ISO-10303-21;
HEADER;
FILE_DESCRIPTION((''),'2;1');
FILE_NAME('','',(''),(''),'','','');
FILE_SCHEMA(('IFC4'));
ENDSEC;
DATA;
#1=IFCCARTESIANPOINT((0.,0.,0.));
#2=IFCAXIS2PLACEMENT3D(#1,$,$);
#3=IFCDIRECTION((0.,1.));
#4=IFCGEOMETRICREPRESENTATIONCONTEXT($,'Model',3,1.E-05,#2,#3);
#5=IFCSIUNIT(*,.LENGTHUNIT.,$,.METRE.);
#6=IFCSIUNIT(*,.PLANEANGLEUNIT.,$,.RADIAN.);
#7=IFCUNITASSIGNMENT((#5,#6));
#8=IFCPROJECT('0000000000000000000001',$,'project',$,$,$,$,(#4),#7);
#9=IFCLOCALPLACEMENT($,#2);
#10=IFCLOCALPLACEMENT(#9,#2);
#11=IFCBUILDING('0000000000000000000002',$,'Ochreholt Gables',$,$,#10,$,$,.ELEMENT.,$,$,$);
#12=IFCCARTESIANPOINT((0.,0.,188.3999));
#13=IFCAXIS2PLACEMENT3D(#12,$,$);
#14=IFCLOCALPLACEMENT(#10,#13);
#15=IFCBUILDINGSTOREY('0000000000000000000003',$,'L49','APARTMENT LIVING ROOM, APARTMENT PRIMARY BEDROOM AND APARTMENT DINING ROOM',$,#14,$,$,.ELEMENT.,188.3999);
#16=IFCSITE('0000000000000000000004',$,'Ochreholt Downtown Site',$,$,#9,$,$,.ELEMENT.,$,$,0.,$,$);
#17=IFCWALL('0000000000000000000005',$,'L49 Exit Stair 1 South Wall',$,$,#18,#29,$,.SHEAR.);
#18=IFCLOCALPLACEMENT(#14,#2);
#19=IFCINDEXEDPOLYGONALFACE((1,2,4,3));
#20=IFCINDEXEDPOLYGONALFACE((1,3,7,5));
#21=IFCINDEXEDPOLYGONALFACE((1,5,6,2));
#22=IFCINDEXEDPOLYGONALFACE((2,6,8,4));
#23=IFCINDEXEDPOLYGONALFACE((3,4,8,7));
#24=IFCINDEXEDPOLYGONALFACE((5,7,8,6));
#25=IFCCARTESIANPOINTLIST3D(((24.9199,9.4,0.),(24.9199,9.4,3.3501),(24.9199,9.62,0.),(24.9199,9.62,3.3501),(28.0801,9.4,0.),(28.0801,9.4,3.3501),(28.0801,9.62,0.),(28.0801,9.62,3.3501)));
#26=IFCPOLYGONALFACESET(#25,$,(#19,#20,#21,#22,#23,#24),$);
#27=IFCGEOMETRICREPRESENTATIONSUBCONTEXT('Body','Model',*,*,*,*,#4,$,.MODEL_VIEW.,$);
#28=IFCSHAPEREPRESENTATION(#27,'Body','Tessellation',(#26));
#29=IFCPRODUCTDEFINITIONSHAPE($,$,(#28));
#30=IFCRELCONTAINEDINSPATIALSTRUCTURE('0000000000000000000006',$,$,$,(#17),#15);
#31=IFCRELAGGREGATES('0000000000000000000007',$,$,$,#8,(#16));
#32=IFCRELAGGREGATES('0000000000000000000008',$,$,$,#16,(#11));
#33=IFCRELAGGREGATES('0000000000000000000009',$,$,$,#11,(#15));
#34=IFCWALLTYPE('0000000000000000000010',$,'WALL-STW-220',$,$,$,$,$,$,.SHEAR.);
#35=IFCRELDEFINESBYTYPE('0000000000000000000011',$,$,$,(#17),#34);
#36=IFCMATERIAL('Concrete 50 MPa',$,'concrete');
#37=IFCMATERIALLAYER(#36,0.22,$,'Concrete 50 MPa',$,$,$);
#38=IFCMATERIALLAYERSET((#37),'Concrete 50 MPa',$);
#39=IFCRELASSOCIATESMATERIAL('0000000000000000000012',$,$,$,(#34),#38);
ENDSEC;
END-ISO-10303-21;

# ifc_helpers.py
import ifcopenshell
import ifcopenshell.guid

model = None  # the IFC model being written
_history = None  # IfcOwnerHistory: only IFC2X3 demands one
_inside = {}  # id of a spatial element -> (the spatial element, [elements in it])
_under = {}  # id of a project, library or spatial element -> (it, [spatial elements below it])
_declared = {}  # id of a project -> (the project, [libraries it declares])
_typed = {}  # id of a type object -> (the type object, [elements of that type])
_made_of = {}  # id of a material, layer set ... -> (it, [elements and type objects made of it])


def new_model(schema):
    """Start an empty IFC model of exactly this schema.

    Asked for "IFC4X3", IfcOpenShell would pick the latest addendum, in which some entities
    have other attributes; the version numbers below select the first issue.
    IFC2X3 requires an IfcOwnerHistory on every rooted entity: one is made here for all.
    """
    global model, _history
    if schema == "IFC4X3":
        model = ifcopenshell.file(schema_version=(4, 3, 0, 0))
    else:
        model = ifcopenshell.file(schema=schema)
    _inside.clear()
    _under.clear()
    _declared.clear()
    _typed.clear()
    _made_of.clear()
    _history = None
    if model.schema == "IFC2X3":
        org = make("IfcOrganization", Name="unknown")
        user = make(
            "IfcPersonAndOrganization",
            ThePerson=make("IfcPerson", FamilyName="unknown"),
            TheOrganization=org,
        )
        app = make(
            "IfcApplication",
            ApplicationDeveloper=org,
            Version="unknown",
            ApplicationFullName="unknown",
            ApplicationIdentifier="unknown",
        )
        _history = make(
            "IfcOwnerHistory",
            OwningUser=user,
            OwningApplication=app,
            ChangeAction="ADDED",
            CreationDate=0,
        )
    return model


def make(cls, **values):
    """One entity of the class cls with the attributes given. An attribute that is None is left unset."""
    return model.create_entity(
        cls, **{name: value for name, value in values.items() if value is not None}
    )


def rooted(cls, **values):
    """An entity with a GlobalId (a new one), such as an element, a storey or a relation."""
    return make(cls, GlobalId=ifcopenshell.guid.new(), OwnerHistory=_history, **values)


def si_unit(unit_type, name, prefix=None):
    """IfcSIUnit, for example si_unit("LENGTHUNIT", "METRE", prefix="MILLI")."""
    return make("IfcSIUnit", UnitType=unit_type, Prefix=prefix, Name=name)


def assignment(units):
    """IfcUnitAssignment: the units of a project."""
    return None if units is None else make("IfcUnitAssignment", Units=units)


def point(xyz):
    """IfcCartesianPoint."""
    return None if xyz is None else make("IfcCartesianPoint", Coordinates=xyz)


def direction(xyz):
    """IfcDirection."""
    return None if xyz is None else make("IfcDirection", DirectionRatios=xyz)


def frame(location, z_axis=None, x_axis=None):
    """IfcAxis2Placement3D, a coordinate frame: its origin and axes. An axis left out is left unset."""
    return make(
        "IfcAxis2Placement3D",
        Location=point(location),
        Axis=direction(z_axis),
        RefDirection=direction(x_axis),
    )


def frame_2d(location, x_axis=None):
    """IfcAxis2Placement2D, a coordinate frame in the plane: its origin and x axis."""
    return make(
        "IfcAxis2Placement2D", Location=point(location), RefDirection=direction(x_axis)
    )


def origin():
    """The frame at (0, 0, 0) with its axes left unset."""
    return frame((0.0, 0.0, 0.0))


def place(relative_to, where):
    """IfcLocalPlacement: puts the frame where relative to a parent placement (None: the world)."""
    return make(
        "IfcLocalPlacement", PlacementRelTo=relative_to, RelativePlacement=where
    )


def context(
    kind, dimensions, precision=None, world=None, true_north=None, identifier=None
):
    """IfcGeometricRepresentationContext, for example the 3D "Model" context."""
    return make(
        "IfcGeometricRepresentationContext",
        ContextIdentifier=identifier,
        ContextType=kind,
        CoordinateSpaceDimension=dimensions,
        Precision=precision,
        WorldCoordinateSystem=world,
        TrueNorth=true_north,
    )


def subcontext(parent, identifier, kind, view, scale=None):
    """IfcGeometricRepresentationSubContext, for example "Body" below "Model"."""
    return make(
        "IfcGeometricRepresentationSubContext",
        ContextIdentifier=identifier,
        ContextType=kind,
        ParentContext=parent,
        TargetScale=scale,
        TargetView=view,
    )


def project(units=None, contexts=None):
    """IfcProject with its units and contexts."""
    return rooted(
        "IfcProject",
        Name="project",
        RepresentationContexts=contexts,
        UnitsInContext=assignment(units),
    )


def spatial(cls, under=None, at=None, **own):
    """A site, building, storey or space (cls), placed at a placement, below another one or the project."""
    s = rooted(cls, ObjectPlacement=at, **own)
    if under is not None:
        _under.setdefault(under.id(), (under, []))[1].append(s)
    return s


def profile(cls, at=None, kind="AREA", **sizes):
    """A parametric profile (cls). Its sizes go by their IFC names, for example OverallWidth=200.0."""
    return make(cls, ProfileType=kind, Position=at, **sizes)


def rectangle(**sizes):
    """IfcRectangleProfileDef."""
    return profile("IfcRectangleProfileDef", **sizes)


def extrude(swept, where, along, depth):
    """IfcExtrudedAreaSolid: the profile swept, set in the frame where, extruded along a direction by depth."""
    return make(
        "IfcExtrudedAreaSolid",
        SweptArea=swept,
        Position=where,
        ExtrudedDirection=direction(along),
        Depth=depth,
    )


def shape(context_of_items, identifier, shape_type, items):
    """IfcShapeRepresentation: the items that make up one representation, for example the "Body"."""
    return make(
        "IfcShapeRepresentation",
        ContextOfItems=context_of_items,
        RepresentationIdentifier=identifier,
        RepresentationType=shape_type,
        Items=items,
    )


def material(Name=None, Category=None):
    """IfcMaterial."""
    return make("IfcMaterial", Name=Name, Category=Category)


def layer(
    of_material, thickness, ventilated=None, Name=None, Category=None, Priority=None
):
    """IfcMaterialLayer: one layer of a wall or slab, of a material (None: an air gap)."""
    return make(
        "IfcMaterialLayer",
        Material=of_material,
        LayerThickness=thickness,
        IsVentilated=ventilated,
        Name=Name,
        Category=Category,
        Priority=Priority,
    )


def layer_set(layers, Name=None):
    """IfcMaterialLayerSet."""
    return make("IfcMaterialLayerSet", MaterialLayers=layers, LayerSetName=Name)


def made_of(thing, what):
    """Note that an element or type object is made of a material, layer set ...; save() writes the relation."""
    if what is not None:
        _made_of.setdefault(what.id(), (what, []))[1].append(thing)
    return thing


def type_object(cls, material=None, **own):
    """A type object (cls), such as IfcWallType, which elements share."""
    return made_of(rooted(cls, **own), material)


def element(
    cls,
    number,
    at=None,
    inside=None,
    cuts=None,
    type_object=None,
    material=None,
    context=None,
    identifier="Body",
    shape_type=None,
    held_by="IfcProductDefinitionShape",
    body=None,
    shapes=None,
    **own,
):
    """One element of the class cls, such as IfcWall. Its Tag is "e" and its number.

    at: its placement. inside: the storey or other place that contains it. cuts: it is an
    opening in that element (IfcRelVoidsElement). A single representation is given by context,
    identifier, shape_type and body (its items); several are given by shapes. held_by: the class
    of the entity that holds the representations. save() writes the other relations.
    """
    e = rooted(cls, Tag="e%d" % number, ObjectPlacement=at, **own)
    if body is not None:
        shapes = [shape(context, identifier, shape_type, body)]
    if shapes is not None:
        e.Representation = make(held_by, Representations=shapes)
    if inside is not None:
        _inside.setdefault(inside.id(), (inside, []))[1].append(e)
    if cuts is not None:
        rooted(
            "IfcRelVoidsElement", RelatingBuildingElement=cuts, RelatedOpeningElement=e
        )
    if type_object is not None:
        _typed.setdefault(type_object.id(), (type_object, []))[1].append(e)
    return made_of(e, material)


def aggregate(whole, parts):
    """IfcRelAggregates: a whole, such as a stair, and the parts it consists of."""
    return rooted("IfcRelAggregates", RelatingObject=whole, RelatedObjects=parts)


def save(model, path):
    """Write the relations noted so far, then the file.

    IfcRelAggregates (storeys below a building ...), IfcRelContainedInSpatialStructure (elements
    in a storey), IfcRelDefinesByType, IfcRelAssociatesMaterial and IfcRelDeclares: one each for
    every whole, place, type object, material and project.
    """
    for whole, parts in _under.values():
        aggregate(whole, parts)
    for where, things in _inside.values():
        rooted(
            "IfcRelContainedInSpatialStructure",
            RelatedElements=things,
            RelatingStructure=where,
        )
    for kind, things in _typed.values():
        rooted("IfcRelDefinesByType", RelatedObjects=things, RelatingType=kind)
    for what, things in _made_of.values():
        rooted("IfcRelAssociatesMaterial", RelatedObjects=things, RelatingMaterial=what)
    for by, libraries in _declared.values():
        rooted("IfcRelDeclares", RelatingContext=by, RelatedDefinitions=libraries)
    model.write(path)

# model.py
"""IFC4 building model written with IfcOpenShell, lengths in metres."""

from ifc_helpers import new_model, si_unit, direction, frame, frame_2d, origin, place, context, subcontext, project, spatial, rectangle, extrude, material, layer, layer_set, type_object, element, save


model = new_model("IFC4")

# Units and contexts
model_context = context("Model", 3, precision=1e-05, world=origin(), true_north=direction((0.0, 1.0)))
body_context = subcontext(model_context, "Body", "Model", "MODEL_VIEW")
ifc_project = project(units=[si_unit("LENGTHUNIT", "METRE"), si_unit("PLANEANGLEUNIT", "RADIAN")], contexts=[model_context])

# Site, building, storey
site_placement = place(None, origin())
site = spatial("IfcSite", under=ifc_project, at=site_placement, Name="Ochreholt Downtown Site", CompositionType="ELEMENT", RefElevation=0.0)
building_placement = place(site_placement, origin())
building = spatial("IfcBuilding", under=site, at=building_placement, Name="Ochreholt Gables", CompositionType="ELEMENT")
storey_placement = place(building_placement, frame((0.0, 0.0, 188.3999)))
storey = spatial("IfcBuildingStorey", under=building, at=storey_placement, Name="L49", Description="APARTMENT LIVING ROOM, APARTMENT PRIMARY BEDROOM AND APARTMENT DINING ROOM", CompositionType="ELEMENT", Elevation=188.3999)

# Shared definitions
ifc_material_1 = material(Name="Concrete 50 MPa", Category="concrete")

# Wall
ifc_layer_1 = layer(ifc_material_1, 0.22, Name="Concrete 50 MPa")
ifc_layer_set_1 = layer_set([ifc_layer_1], Name="Concrete 50 MPa")
wall_type_1 = type_object("IfcWallType", Name="WALL-STW-220", PredefinedType="SHEAR", material=ifc_layer_set_1)
wall_1_placement = place(storey_placement, frame((24.9199, 9.51, 0.0), z_axis=(0.0, 0.0, 1.0), x_axis=(1.0, 0.0, 0.0)))
element("IfcWall", 1, at=wall_1_placement, inside=storey, type_object=wall_type_1, Name="L49 Exit Stair 1 South Wall", PredefinedType="SHEAR", context=body_context, shape_type="SweptSolid", body=[
    extrude(rectangle(XDim=3.1602, YDim=0.22, at=frame_2d((1.5801, 0.0))), origin(), (0.0, 0.0, 1.0), 3.3501),
])

save(model, "model.ifc")
